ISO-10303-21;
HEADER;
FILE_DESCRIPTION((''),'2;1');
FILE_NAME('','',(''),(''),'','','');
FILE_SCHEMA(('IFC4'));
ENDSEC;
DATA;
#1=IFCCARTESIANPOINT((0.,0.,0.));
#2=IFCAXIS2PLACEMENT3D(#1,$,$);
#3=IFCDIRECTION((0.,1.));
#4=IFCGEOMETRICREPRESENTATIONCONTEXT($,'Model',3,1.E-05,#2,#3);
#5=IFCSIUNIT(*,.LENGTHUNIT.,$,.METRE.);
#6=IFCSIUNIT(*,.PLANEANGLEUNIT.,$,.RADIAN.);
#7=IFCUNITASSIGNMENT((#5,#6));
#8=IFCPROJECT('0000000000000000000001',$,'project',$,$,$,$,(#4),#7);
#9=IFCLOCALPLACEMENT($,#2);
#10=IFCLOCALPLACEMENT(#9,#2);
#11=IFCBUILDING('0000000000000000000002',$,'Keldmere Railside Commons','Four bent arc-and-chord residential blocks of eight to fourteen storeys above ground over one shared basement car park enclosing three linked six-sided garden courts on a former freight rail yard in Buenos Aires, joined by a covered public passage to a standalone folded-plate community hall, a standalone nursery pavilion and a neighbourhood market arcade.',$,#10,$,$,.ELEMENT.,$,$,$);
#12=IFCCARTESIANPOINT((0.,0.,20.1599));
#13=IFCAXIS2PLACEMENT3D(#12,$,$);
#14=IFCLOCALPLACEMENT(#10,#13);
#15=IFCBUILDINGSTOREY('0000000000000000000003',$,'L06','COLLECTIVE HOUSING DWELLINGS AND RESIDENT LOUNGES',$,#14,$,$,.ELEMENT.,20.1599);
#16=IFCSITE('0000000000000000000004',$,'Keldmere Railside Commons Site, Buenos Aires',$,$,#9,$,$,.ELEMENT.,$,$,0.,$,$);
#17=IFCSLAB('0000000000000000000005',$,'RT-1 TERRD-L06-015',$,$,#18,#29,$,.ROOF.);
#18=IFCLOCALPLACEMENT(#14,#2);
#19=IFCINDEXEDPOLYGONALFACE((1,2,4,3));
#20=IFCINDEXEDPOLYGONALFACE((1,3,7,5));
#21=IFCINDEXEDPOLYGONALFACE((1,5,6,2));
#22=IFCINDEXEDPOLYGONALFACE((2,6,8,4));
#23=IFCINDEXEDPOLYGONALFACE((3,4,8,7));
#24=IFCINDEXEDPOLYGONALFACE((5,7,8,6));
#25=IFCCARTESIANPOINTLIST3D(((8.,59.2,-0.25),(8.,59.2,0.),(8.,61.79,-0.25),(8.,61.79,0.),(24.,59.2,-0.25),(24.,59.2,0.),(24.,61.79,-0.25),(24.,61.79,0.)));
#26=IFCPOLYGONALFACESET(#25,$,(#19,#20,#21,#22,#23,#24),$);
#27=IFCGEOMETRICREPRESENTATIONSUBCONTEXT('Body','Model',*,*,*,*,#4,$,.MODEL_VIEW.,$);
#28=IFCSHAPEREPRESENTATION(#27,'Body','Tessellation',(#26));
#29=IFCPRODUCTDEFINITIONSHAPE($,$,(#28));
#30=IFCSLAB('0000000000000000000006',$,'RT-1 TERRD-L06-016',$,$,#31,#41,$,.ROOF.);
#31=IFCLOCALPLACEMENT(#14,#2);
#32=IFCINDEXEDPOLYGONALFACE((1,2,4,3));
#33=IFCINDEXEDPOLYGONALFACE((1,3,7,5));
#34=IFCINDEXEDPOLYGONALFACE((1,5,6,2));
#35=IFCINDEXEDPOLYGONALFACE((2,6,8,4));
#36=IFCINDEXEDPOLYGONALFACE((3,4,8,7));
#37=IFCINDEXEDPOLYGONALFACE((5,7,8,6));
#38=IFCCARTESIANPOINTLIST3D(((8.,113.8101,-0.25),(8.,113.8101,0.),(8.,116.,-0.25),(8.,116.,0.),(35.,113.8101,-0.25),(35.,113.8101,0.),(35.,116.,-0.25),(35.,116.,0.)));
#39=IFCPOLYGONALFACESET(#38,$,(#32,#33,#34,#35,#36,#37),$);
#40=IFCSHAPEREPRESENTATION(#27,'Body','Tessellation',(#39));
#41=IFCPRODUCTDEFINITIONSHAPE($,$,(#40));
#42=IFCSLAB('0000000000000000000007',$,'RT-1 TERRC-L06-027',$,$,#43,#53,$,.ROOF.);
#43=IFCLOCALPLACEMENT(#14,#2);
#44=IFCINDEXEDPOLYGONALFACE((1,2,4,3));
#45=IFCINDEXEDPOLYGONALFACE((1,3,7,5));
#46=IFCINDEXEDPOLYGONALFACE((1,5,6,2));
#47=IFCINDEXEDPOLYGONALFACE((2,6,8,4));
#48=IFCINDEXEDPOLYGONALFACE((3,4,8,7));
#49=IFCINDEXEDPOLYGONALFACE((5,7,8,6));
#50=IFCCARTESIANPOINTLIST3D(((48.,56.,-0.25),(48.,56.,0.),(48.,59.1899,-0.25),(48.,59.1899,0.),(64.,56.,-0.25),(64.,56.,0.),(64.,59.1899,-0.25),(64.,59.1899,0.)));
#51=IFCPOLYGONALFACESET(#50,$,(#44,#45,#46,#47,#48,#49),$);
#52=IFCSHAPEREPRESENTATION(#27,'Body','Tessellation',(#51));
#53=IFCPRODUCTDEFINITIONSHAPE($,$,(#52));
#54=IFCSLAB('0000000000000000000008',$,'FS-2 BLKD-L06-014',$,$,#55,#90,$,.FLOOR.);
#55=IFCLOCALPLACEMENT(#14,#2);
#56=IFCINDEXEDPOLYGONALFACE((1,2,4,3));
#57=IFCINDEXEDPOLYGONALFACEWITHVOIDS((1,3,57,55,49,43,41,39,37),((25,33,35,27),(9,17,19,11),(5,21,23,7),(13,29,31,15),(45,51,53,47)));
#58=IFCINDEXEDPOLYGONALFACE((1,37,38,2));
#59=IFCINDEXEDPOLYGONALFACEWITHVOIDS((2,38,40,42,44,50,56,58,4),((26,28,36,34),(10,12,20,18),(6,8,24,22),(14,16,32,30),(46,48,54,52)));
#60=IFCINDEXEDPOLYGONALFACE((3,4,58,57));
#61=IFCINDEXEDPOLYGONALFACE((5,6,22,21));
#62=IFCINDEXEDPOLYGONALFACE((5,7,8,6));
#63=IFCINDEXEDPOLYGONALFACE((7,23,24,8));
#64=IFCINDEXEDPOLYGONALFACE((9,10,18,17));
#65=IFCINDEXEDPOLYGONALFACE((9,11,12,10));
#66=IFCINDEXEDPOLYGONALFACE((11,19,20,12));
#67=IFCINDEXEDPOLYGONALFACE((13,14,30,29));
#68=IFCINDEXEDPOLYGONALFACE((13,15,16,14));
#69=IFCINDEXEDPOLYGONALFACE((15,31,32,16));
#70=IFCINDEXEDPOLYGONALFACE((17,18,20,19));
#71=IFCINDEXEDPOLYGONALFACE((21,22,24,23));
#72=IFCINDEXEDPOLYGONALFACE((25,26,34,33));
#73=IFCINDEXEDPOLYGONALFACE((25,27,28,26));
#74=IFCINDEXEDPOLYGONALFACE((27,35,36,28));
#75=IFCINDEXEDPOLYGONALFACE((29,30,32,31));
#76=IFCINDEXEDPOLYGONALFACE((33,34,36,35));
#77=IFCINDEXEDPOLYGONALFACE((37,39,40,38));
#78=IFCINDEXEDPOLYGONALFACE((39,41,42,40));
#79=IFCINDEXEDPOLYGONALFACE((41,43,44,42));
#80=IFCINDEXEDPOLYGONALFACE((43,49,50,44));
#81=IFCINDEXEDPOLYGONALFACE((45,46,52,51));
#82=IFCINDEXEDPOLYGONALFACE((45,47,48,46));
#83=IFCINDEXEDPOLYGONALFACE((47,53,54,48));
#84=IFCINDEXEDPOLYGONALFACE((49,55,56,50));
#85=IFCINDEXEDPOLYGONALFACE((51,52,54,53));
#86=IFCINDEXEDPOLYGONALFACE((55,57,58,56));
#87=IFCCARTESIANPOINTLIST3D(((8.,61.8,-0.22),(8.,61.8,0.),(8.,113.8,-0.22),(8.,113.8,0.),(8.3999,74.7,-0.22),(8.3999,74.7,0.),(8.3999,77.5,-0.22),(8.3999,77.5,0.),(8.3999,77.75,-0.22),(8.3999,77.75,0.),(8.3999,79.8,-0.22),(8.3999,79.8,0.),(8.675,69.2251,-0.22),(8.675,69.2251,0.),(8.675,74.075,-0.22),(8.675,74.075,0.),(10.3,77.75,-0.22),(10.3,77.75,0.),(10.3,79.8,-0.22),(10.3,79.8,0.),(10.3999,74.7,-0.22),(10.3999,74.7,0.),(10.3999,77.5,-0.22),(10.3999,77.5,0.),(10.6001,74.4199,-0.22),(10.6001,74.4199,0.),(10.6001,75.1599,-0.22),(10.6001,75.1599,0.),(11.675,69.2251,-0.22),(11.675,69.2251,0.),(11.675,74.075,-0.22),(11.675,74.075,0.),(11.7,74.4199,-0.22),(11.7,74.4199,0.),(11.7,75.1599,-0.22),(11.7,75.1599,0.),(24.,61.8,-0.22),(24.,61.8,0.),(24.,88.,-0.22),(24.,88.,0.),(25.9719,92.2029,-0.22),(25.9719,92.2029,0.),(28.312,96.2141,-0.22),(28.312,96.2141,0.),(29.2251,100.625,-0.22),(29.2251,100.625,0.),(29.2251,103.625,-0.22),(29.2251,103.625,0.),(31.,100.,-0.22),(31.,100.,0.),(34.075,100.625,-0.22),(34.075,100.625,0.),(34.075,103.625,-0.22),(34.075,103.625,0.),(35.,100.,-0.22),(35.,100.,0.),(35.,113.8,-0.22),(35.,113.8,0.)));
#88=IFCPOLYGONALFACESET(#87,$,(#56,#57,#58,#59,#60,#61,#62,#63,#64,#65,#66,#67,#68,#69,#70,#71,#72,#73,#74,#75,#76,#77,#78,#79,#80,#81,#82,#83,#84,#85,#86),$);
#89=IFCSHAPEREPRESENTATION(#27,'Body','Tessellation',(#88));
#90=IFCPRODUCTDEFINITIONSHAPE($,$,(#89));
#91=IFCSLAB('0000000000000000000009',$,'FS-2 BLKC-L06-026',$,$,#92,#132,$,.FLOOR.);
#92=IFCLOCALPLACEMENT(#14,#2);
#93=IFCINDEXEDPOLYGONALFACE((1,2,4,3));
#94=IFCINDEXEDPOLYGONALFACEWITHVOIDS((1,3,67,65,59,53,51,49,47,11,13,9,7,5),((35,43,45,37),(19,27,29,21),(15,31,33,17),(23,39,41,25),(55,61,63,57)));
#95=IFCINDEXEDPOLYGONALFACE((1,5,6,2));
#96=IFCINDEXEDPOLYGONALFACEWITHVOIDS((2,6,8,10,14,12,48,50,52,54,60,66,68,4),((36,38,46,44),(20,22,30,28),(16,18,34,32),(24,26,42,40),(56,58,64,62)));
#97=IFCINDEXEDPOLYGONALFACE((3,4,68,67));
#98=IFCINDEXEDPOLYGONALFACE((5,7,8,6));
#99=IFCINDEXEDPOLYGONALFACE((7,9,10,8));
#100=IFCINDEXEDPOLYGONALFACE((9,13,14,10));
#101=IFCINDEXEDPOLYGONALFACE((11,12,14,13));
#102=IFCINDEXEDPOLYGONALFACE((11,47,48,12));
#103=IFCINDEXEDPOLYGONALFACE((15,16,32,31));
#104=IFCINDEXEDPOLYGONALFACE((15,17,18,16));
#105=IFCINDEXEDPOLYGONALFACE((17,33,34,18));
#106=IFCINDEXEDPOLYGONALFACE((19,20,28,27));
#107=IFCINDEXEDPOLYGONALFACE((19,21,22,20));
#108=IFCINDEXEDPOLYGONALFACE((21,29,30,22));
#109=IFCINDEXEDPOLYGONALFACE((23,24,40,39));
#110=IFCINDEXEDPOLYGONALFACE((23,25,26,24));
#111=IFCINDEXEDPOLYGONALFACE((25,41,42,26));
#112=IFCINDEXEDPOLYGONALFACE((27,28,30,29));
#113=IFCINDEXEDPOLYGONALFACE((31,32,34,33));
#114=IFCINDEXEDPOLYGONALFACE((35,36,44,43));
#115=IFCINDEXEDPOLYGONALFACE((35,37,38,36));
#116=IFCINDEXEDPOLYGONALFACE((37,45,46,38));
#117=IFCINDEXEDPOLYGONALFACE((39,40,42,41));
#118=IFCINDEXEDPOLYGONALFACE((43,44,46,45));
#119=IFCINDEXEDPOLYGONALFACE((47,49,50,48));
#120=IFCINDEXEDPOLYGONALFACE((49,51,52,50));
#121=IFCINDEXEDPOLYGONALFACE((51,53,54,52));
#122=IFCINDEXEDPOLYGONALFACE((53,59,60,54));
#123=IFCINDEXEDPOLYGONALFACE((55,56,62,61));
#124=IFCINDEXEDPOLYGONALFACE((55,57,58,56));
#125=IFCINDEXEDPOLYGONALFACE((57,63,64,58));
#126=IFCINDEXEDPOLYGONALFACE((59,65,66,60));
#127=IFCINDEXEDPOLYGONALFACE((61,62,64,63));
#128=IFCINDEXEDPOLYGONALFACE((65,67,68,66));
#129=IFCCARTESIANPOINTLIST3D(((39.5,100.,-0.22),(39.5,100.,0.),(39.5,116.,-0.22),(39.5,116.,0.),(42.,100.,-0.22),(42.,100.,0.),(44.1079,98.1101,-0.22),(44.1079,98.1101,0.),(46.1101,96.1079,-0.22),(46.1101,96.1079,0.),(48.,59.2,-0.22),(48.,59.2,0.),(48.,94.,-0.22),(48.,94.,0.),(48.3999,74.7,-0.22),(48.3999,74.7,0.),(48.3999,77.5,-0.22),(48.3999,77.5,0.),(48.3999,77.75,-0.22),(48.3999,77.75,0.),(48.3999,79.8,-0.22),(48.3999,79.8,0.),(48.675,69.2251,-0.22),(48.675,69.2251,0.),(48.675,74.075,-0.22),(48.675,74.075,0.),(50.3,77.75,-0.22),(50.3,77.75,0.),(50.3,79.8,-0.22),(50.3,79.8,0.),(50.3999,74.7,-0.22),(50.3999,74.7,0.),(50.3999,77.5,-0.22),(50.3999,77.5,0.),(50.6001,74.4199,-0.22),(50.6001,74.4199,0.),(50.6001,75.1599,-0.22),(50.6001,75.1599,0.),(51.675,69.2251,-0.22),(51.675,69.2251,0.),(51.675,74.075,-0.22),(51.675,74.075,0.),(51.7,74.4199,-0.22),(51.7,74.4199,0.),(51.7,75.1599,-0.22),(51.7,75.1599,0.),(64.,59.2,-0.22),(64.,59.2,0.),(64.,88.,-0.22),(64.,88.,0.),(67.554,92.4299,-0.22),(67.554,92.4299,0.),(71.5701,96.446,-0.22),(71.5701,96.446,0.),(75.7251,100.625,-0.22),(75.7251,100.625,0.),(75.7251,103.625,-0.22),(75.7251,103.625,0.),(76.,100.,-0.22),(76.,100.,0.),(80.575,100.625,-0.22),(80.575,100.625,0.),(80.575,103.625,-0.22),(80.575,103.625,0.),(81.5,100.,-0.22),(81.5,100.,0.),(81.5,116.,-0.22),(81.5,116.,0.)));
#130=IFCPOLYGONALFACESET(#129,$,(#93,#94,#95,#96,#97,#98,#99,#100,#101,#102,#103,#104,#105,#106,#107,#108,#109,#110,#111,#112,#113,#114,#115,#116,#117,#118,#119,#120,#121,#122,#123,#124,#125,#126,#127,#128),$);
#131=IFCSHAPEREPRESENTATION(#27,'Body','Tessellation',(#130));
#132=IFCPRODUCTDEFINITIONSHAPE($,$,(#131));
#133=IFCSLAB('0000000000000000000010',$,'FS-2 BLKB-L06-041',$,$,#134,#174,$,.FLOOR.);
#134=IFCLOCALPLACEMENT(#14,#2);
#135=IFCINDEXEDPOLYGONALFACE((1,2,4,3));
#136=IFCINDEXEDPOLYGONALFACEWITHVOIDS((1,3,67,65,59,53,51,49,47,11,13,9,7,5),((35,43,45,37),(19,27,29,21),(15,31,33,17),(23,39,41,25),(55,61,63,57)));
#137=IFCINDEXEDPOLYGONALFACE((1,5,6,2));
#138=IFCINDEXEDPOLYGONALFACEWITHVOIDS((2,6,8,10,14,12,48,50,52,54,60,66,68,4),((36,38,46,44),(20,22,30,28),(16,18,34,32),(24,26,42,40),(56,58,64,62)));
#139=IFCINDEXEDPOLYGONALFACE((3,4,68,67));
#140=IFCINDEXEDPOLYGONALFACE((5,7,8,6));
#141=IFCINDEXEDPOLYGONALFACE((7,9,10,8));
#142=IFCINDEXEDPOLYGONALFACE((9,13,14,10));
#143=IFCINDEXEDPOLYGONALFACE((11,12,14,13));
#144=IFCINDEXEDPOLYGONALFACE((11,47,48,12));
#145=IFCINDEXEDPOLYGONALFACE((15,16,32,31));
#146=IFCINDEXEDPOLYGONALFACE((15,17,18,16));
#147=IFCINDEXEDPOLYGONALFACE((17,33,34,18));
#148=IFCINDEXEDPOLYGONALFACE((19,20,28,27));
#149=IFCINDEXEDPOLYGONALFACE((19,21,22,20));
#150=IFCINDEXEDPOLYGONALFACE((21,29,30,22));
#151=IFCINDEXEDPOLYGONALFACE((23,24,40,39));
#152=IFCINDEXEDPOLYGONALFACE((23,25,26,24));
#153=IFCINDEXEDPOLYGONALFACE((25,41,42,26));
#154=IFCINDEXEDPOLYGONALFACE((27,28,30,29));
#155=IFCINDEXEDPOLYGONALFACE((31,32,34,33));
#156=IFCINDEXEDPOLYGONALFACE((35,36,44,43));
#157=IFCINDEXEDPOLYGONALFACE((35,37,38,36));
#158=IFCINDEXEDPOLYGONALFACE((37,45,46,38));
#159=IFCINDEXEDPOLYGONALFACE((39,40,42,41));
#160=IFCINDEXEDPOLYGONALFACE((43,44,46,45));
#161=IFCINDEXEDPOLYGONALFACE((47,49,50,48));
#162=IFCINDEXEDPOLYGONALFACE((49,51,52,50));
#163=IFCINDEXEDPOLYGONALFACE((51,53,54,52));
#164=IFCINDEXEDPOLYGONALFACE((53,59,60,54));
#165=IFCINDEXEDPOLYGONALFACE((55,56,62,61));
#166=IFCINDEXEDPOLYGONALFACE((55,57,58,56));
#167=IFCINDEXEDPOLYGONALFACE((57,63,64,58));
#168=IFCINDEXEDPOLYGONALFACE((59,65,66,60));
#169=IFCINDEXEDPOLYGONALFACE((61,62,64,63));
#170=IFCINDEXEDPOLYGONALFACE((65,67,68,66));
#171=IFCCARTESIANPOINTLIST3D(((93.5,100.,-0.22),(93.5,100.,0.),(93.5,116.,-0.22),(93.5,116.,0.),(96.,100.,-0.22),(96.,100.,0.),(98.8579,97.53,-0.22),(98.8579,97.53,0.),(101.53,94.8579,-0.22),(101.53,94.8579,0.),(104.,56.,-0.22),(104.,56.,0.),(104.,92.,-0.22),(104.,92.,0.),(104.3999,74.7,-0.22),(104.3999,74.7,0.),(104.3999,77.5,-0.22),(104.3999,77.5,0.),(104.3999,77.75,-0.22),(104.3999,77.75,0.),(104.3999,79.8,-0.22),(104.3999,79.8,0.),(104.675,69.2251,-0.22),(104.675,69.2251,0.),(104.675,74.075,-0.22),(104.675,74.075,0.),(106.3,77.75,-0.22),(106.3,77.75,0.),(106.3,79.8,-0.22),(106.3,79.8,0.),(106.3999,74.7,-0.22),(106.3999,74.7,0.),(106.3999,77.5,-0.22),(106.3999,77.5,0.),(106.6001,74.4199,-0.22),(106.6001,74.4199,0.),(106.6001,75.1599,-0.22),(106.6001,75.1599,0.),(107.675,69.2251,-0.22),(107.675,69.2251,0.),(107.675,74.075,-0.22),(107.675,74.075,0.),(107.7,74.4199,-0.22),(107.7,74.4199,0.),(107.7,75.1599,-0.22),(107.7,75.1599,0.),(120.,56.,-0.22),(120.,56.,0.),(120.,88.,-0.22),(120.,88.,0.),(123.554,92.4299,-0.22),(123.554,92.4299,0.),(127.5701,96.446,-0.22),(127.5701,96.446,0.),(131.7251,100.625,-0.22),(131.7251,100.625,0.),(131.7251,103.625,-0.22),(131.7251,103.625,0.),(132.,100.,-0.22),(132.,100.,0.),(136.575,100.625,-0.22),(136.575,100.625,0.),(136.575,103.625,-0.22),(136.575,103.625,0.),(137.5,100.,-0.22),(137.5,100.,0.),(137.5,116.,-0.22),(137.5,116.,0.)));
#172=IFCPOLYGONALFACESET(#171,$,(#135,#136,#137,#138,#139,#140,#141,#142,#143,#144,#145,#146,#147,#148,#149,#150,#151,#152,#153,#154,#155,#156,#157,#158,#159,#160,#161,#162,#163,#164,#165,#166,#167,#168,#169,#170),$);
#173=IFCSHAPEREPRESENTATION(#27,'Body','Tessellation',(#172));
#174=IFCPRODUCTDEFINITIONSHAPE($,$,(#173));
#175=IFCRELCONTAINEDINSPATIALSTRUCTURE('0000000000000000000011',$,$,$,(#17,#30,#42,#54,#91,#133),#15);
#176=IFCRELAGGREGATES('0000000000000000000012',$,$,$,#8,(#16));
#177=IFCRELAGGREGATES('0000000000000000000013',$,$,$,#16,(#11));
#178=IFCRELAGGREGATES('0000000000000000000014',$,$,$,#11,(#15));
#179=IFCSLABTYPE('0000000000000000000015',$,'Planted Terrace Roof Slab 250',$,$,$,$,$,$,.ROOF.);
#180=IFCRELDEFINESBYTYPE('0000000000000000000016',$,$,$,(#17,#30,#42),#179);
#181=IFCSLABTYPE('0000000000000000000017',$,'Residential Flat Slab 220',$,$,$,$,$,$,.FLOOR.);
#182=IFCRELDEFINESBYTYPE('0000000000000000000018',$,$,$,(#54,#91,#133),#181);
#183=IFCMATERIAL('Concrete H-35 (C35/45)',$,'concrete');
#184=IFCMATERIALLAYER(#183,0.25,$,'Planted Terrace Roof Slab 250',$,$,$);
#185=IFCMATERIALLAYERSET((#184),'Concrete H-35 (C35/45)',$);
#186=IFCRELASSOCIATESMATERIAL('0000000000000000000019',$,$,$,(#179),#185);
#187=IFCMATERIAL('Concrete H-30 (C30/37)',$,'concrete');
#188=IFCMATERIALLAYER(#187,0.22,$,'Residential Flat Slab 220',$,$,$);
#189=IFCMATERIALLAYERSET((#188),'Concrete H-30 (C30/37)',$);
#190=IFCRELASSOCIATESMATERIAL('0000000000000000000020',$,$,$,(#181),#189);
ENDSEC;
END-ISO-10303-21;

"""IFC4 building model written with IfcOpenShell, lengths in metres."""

from ifc_helpers import new_model, si_unit, direction, frame, origin, place, context, subcontext, project, spatial, polyline, outline, extrude, material, layer, layer_set, type_object, element, save


model = new_model("IFC4")

# Units and contexts
model_context = context("Model", 3, precision=1e-05, world=origin(), true_north=direction((0.0, 1.0)))
body_context = subcontext(model_context, "Body", "Model", "MODEL_VIEW")
ifc_project = project(units=[si_unit("LENGTHUNIT", "METRE"), si_unit("PLANEANGLEUNIT", "RADIAN")], contexts=[model_context])

# Site, building, storey
site_placement = place(None, origin())
site = spatial("IfcSite", under=ifc_project, at=site_placement, Name="Keldmere Railside Commons Site, Buenos Aires", CompositionType="ELEMENT", RefElevation=0.0)
building_placement = place(site_placement, origin())
building = spatial("IfcBuilding", under=site, at=building_placement, Name="Keldmere Railside Commons", Description="Four bent arc-and-chord residential blocks of eight to fourteen storeys above ground over one shared basement car park enclosing three linked six-sided garden courts on a former freight rail yard in Buenos Aires, joined by a covered public passage to a standalone folded-plate community hall, a standalone nursery pavilion and a neighbourhood market arcade.", CompositionType="ELEMENT")
storey_placement = place(building_placement, frame((0.0, 0.0, 20.1599)))
storey = spatial("IfcBuildingStorey", under=building, at=storey_placement, Name="L06", Description="COLLECTIVE HOUSING DWELLINGS AND RESIDENT LOUNGES", CompositionType="ELEMENT", Elevation=20.1599)

# Slabs
ifc_material_1 = material(Name="Concrete H-35 (C35/45)", Category="concrete")
ifc_layer_1 = layer(ifc_material_1, 0.25, Name="Planted Terrace Roof Slab 250")
ifc_layer_set_1 = layer_set([ifc_layer_1], Name="Concrete H-35 (C35/45)")
slab_type_1 = type_object("IfcSlabType", Name="Planted Terrace Roof Slab 250", PredefinedType="ROOF", material=ifc_layer_set_1)
slab_1_placement = place(storey_placement, frame((0.0, 0.0, -0.25)))
element("IfcSlab", 1, at=slab_1_placement, inside=storey, type_object=slab_type_1, Name="RT-1 TERRD-L06-015", PredefinedType="ROOF", context=body_context, shape_type="SweptSolid", body=[
    extrude(outline(polyline([(24.0, 59.2), (24.0, 61.79), (8.0, 61.79), (8.0, 59.2), (24.0, 59.2)])), origin(), (0.0, 0.0, 1.0), 0.25),
])
slab_2_placement = place(storey_placement, frame((0.0, 0.0, -0.25)))
element("IfcSlab", 2, at=slab_2_placement, inside=storey, type_object=slab_type_1, Name="RT-1 TERRD-L06-016", PredefinedType="ROOF", context=body_context, shape_type="SweptSolid", body=[
    extrude(outline(polyline([(8.0, 116.0), (8.0, 113.8101), (35.0, 113.8101), (35.0, 116.0), (8.0, 116.0)])), origin(), (0.0, 0.0, 1.0), 0.25),
])
slab_3_placement = place(storey_placement, frame((0.0, 0.0, -0.25)))
element("IfcSlab", 3, at=slab_3_placement, inside=storey, type_object=slab_type_1, Name="RT-1 TERRC-L06-027", PredefinedType="ROOF", context=body_context, shape_type="SweptSolid", body=[
    extrude(outline(polyline([(64.0, 56.0), (64.0, 59.1899), (48.0, 59.1899), (48.0, 56.0), (64.0, 56.0)])), origin(), (0.0, 0.0, 1.0), 0.25),
])
ifc_material_2 = material(Name="Concrete H-30 (C30/37)", Category="concrete")
ifc_layer_2 = layer(ifc_material_2, 0.22, Name="Residential Flat Slab 220")
ifc_layer_set_2 = layer_set([ifc_layer_2], Name="Concrete H-30 (C30/37)")
slab_type_2 = type_object("IfcSlabType", Name="Residential Flat Slab 220", PredefinedType="FLOOR", material=ifc_layer_set_2)
slab_4_placement = place(storey_placement, frame((0.0, 0.0, -0.22)))
element("IfcSlab", 4, at=slab_4_placement, inside=storey, type_object=slab_type_2, Name="FS-2 BLKD-L06-014", PredefinedType="FLOOR", context=body_context, shape_type="SweptSolid", body=[
    extrude(outline(polyline([(8.0, 61.8), (24.0, 61.8), (24.0, 88.0), (25.9719, 92.2029), (28.312, 96.2141), (31.0, 100.0), (35.0, 100.0), (35.0, 113.8), (8.0, 113.8), (8.0, 61.8)]), holes=[polyline([(11.675, 69.2251), (8.675, 69.2251), (8.675, 74.075), (11.675, 74.075), (11.675, 69.2251)]), polyline([(11.7, 74.4199), (10.6001, 74.4199), (10.6001, 75.1599), (11.7, 75.1599), (11.7, 74.4199)]), polyline([(8.3999, 74.7), (8.3999, 77.5), (10.3999, 77.5), (10.3999, 74.7), (8.3999, 74.7)]), polyline([(10.3, 77.75), (8.3999, 77.75), (8.3999, 79.8), (10.3, 79.8), (10.3, 77.75)]), polyline([(29.2251, 103.625), (34.075, 103.625), (34.075, 100.625), (29.2251, 100.625), (29.2251, 103.625)])]), origin(), (0.0, 0.0, 1.0), 0.22),
])
slab_5_placement = place(storey_placement, frame((0.0, 0.0, -0.22)))
element("IfcSlab", 5, at=slab_5_placement, inside=storey, type_object=slab_type_2, Name="FS-2 BLKC-L06-026", PredefinedType="FLOOR", context=body_context, shape_type="SweptSolid", body=[
    extrude(outline(polyline([(48.0, 59.2), (64.0, 59.2), (64.0, 88.0), (67.554, 92.4299), (71.5701, 96.446), (76.0, 100.0), (81.5, 100.0), (81.5, 116.0), (39.5, 116.0), (39.5, 100.0), (42.0, 100.0), (44.1079, 98.1101), (46.1101, 96.1079), (48.0, 94.0), (48.0, 59.2)]), holes=[polyline([(51.675, 69.2251), (48.675, 69.2251), (48.675, 74.075), (51.675, 74.075), (51.675, 69.2251)]), polyline([(50.6001, 74.4199), (50.6001, 75.1599), (51.7, 75.1599), (51.7, 74.4199), (50.6001, 74.4199)]), polyline([(50.3999, 74.7), (48.3999, 74.7), (48.3999, 77.5), (50.3999, 77.5), (50.3999, 74.7)]), polyline([(50.3, 77.75), (48.3999, 77.75), (48.3999, 79.8), (50.3, 79.8), (50.3, 77.75)]), polyline([(75.7251, 103.625), (80.575, 103.625), (80.575, 100.625), (75.7251, 100.625), (75.7251, 103.625)])]), origin(), (0.0, 0.0, 1.0), 0.22),
])
slab_6_placement = place(storey_placement, frame((0.0, 0.0, -0.22)))
element("IfcSlab", 6, at=slab_6_placement, inside=storey, type_object=slab_type_2, Name="FS-2 BLKB-L06-041", PredefinedType="FLOOR", context=body_context, shape_type="SweptSolid", body=[
    extrude(outline(polyline([(104.0, 56.0), (120.0, 56.0), (120.0, 88.0), (123.554, 92.4299), (127.5701, 96.446), (132.0, 100.0), (137.5, 100.0), (137.5, 116.0), (93.5, 116.0), (93.5, 100.0), (96.0, 100.0), (98.8579, 97.53), (101.53, 94.8579), (104.0, 92.0), (104.0, 56.0)]), holes=[polyline([(107.675, 69.2251), (104.675, 69.2251), (104.675, 74.075), (107.675, 74.075), (107.675, 69.2251)]), polyline([(107.7, 74.4199), (106.6001, 74.4199), (106.6001, 75.1599), (107.7, 75.1599), (107.7, 74.4199)]), polyline([(104.3999, 74.7), (104.3999, 77.5), (106.3999, 77.5), (106.3999, 74.7), (104.3999, 74.7)]), polyline([(106.3, 77.75), (104.3999, 77.75), (104.3999, 79.8), (106.3, 79.8), (106.3, 77.75)]), polyline([(131.7251, 103.625), (136.575, 103.625), (136.575, 100.625), (131.7251, 100.625), (131.7251, 103.625)])]), origin(), (0.0, 0.0, 1.0), 0.22),
])

save(model, "model.ifc")
